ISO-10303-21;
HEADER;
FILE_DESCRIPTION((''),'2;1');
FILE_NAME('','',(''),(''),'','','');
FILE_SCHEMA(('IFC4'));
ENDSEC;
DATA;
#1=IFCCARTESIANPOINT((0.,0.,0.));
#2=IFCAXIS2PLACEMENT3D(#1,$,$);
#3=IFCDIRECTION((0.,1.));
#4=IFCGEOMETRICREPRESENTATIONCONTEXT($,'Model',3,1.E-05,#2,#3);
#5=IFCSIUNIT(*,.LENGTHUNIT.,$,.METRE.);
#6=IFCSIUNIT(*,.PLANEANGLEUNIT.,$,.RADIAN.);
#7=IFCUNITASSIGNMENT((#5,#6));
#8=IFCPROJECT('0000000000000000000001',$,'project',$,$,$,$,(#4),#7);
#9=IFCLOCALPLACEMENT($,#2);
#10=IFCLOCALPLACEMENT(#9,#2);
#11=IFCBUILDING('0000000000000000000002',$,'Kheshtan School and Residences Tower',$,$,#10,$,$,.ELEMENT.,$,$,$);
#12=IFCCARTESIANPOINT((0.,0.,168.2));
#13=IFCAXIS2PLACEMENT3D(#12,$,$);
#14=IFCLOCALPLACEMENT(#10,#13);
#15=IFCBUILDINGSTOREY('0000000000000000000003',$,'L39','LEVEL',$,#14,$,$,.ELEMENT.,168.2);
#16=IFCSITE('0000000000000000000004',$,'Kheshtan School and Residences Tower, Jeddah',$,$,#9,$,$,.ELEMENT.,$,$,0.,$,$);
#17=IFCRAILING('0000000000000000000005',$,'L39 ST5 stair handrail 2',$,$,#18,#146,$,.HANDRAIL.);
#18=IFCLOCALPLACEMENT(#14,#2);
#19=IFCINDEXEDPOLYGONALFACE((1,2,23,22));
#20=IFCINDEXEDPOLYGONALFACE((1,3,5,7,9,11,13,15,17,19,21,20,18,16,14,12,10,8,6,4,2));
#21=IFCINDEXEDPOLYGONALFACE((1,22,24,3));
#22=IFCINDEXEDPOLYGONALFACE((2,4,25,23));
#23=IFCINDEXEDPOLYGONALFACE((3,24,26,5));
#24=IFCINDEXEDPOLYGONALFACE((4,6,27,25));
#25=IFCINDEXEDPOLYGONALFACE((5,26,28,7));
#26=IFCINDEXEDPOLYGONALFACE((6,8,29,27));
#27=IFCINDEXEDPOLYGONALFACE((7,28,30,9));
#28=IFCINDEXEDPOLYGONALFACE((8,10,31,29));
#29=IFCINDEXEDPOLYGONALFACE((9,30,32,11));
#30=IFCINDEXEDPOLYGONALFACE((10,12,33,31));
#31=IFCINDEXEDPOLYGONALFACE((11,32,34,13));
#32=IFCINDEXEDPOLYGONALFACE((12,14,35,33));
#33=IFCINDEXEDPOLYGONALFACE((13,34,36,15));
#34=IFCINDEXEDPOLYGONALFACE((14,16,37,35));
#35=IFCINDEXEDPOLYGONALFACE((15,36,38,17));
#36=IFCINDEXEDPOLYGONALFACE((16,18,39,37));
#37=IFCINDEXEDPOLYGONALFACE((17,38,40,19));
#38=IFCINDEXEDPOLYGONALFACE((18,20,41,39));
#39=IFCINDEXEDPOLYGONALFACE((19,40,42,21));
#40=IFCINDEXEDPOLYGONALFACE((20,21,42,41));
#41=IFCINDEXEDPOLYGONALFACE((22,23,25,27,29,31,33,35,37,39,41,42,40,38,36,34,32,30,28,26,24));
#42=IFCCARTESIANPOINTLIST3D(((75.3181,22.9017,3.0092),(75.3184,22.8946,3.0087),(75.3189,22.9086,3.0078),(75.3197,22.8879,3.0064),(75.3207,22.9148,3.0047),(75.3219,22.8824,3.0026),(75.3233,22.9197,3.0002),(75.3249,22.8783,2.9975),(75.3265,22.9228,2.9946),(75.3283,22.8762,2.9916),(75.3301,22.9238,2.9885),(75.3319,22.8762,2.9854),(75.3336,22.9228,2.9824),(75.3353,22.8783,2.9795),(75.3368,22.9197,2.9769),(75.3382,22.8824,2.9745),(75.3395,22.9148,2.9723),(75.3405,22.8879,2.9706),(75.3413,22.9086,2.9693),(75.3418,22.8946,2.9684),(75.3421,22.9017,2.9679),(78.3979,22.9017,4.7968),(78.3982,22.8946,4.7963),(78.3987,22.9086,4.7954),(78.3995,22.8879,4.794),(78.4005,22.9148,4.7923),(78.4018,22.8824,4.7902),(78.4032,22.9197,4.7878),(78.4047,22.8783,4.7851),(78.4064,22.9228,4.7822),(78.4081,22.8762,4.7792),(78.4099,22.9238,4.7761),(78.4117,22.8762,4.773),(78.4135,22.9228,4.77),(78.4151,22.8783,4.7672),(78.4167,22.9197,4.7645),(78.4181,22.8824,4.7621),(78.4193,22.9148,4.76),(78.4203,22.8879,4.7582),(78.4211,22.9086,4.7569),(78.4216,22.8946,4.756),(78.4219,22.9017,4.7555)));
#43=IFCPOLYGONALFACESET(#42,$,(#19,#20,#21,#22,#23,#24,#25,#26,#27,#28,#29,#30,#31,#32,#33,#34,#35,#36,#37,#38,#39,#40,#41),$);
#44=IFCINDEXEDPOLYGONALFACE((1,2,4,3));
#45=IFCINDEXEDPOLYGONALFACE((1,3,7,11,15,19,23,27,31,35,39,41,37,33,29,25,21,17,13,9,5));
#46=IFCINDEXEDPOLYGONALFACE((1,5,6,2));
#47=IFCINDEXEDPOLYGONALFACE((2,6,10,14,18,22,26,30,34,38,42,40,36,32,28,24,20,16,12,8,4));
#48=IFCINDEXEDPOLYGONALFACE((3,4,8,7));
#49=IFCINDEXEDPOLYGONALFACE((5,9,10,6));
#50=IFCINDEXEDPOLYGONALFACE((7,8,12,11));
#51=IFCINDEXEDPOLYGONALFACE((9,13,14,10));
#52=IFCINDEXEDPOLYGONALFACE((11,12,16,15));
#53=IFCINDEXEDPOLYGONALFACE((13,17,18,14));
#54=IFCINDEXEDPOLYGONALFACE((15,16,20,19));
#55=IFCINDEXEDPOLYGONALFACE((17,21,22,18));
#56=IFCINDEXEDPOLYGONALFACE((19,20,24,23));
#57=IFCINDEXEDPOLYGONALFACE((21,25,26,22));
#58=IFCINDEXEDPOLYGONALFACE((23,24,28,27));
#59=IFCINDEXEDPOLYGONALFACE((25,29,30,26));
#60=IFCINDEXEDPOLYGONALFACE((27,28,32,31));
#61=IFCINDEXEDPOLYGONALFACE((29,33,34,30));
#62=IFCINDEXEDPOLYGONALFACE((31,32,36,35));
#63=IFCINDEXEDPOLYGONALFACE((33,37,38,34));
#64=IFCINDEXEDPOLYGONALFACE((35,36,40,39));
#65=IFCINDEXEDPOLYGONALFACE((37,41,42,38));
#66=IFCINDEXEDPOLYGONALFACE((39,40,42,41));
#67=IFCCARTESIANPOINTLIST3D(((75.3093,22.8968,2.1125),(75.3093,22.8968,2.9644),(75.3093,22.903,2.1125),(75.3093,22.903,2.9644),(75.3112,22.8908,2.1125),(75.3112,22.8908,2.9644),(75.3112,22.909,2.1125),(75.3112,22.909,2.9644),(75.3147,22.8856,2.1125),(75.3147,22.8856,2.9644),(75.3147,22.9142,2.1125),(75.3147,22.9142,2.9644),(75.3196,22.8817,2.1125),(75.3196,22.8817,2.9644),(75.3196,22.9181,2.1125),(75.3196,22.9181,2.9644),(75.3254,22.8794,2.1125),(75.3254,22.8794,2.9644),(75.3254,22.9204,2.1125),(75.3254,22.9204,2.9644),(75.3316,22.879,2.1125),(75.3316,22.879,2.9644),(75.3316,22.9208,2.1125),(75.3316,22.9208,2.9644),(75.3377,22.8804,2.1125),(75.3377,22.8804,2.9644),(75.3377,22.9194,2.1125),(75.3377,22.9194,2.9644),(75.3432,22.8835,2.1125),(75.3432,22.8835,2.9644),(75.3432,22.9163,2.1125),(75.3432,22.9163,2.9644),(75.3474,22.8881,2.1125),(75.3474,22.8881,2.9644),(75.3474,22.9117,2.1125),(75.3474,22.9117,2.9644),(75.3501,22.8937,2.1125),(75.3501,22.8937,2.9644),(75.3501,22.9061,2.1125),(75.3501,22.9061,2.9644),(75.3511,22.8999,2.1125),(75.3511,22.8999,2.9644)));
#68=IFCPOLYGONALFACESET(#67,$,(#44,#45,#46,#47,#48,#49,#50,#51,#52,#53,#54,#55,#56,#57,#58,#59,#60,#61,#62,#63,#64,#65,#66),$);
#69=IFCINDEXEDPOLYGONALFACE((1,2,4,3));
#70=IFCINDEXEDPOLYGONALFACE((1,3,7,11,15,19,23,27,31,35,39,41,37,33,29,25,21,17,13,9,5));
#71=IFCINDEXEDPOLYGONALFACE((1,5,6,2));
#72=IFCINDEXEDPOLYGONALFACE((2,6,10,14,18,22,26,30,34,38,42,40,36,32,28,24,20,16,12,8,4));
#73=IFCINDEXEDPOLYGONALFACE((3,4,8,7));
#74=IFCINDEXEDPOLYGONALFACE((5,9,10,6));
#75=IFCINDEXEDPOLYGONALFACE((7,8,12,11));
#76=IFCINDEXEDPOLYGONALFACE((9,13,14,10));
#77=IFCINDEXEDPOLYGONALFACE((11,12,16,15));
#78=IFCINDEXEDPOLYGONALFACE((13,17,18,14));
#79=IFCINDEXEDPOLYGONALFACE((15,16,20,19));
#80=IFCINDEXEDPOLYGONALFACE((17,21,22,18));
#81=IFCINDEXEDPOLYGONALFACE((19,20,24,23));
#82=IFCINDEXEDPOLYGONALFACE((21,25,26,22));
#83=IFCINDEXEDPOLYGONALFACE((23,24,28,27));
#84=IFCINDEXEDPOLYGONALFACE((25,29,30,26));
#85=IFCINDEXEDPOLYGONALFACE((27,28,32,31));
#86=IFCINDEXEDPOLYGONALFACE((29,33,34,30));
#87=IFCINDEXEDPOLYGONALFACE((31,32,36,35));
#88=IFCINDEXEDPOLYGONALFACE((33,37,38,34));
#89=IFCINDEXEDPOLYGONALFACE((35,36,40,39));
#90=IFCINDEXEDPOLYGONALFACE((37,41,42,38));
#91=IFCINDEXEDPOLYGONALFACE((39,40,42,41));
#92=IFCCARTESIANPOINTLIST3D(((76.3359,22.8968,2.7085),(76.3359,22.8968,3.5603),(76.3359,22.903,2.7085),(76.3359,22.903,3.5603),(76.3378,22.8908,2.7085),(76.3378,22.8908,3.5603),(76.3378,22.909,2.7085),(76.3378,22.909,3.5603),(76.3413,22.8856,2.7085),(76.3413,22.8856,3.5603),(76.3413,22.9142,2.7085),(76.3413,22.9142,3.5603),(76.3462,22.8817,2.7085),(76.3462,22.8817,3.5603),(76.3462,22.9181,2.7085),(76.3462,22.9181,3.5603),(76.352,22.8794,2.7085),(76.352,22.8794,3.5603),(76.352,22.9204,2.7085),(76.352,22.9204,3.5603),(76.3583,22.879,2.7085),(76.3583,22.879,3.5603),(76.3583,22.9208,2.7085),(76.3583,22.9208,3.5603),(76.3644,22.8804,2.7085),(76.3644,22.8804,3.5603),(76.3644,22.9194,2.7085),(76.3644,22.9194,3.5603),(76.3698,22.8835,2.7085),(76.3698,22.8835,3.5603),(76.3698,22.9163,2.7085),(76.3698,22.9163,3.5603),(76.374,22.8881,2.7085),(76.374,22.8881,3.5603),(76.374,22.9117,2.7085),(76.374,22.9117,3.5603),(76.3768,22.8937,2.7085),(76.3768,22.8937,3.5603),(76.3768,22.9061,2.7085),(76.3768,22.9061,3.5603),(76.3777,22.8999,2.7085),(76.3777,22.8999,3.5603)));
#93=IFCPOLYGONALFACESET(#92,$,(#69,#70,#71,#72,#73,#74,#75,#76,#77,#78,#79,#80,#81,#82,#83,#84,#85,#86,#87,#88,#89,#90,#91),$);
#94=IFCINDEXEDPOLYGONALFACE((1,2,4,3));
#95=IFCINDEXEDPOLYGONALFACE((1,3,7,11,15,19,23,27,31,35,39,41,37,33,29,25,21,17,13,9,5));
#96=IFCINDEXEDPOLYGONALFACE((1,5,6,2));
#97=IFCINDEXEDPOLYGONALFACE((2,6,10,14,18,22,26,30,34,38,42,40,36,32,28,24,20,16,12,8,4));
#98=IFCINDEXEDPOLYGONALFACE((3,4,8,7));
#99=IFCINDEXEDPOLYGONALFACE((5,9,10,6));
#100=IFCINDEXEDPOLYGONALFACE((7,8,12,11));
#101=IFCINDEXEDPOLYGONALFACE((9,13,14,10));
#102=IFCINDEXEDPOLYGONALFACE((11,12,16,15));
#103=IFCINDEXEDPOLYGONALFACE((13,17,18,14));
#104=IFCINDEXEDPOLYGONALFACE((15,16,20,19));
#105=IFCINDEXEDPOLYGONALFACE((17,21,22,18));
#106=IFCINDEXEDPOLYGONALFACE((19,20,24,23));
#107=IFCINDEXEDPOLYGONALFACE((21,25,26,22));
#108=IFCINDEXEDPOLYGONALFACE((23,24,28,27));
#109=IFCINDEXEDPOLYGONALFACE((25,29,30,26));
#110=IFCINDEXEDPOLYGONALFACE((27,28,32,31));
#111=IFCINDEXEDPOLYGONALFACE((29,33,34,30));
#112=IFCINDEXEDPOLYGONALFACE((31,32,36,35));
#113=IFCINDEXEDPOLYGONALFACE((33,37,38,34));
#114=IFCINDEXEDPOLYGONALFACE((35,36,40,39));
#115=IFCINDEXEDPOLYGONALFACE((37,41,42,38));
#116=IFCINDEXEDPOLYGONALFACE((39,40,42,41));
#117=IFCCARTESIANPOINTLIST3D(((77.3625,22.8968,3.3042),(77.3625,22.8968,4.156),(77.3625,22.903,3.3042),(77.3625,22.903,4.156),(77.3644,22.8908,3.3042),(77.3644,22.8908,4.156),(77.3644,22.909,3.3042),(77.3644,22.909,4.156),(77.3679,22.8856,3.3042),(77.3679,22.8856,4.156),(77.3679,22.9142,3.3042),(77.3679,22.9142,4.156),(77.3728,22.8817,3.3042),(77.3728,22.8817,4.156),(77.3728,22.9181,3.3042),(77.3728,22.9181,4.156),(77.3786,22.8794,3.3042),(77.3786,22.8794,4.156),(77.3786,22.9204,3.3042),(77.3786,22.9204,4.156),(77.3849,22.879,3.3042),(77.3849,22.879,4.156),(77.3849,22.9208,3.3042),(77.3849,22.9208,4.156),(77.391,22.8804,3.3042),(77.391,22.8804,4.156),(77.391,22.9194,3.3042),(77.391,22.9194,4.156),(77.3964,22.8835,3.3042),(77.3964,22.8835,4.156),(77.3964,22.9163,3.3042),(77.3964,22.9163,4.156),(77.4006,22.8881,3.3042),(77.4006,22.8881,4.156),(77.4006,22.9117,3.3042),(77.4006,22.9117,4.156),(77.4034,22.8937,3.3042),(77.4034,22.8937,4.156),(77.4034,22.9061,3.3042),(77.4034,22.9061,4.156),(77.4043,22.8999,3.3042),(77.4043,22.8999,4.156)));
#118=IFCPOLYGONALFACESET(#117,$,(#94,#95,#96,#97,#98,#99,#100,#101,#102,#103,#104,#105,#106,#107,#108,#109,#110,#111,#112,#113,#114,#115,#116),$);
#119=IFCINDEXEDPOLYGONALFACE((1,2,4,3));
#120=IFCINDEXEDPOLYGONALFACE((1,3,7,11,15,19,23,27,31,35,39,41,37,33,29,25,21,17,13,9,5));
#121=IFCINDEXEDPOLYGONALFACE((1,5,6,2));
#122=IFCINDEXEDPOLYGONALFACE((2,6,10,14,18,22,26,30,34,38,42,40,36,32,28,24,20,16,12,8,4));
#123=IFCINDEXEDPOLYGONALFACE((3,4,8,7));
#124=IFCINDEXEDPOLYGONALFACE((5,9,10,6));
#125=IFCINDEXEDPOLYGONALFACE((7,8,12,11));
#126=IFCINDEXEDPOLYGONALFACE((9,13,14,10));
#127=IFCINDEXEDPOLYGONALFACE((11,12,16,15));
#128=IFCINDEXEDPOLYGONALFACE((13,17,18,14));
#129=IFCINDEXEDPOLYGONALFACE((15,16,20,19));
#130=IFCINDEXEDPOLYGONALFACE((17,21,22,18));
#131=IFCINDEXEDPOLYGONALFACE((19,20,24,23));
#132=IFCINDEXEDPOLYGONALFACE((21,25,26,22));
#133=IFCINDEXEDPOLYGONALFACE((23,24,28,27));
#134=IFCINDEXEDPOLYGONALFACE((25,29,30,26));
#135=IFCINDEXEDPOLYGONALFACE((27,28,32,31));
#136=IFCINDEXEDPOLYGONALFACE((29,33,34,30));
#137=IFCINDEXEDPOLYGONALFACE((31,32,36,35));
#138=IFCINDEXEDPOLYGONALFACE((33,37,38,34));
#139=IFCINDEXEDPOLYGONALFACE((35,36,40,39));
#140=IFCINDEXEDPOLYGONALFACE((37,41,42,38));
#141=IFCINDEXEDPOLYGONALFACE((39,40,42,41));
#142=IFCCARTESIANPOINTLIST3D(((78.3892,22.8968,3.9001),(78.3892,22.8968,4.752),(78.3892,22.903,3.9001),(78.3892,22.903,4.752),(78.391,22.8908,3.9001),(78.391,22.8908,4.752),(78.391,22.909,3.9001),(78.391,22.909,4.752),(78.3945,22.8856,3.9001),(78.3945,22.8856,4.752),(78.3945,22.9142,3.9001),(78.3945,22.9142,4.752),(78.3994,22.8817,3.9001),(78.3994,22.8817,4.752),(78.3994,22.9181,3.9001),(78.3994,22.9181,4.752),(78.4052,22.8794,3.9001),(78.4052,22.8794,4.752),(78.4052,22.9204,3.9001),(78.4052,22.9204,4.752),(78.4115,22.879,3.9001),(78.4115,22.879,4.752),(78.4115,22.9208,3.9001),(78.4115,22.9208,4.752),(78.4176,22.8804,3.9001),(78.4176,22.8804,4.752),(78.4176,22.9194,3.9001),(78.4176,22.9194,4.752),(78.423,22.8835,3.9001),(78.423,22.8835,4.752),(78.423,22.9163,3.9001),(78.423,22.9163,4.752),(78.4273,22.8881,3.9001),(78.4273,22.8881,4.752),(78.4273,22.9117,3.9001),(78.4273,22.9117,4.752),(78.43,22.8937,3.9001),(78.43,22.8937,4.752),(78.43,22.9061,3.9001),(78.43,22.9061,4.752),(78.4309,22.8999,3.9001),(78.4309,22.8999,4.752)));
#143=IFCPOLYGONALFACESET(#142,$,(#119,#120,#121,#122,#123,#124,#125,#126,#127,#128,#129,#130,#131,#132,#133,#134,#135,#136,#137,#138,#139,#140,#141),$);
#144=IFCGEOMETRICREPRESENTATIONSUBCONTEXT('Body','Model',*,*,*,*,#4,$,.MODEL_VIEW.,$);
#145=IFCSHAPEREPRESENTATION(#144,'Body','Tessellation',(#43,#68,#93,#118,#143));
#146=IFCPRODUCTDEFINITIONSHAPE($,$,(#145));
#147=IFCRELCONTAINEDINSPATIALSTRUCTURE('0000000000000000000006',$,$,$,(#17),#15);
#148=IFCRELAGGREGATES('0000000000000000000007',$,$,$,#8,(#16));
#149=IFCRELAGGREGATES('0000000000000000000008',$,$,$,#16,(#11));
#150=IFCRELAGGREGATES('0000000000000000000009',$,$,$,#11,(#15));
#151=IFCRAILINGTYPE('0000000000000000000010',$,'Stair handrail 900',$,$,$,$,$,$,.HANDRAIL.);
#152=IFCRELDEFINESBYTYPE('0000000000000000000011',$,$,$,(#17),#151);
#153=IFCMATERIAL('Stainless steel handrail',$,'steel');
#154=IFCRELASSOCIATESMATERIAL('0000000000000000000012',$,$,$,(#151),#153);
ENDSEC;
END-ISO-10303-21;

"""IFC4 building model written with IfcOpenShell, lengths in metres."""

from ifc_helpers import new_model, si_unit, direction, frame, origin, origin_2d, place, context, subcontext, project, spatial, circle, extrude, material, type_object, element, save


model = new_model("IFC4")

# Units and contexts
model_context = context("Model", 3, precision=1e-05, world=origin(), true_north=direction((0.0, 1.0)))
body_context = subcontext(model_context, "Body", "Model", "MODEL_VIEW")
ifc_project = project(units=[si_unit("LENGTHUNIT", "METRE"), si_unit("PLANEANGLEUNIT", "RADIAN")], contexts=[model_context])

# Site, building, storey
site_placement = place(None, origin())
site = spatial("IfcSite", under=ifc_project, at=site_placement, Name="Kheshtan School and Residences Tower, Jeddah", CompositionType="ELEMENT", RefElevation=0.0)
building_placement = place(site_placement, origin())
building = spatial("IfcBuilding", under=site, at=building_placement, Name="Kheshtan School and Residences Tower", CompositionType="ELEMENT")
storey_placement = place(building_placement, frame((0.0, 0.0, 168.2)))
storey = spatial("IfcBuildingStorey", under=building, at=storey_placement, Name="L39", Description="LEVEL", CompositionType="ELEMENT", Elevation=168.2)

# Railing
ifc_material_1 = material(Name="Stainless steel handrail", Category="steel")
railing_type_1 = type_object("IfcRailingType", Name="Stair handrail 900", PredefinedType="HANDRAIL", material=ifc_material_1)
railing_1_placement = place(storey_placement, frame((75.3301, 22.8999, 2.1125)))
element("IfcRailing", 1, at=railing_1_placement, inside=storey, type_object=railing_type_1, Name="L39 ST5 stair handrail 2", PredefinedType="HANDRAIL", context=body_context, shape_type="SweptSolid", body=[
    extrude(circle(Radius=0.0239, at=origin_2d()), frame((0.0, 0.0, 0.876), z_axis=(0.864873, 0.0, 0.50199), x_axis=(0.0, 1.0, 0.0)), (0.0, 0.0, 1.0), 3.561),
    extrude(circle(Radius=0.021, at=origin_2d()), origin(), (0.0, 0.0, 1.0), 0.8518),
    extrude(circle(Radius=0.021, at=origin_2d()), frame((1.0266, 0.0, 0.5959)), (0.0, 0.0, 1.0), 0.8518),
    extrude(circle(Radius=0.021, at=origin_2d()), frame((2.0532, 0.0, 1.1917)), (0.0, 0.0, 1.0), 0.8518),
    extrude(circle(Radius=0.021, at=origin_2d()), frame((3.0798, 0.0, 1.7876)), (0.0, 0.0, 1.0), 0.8518),
])

save(model, "model.ifc")
